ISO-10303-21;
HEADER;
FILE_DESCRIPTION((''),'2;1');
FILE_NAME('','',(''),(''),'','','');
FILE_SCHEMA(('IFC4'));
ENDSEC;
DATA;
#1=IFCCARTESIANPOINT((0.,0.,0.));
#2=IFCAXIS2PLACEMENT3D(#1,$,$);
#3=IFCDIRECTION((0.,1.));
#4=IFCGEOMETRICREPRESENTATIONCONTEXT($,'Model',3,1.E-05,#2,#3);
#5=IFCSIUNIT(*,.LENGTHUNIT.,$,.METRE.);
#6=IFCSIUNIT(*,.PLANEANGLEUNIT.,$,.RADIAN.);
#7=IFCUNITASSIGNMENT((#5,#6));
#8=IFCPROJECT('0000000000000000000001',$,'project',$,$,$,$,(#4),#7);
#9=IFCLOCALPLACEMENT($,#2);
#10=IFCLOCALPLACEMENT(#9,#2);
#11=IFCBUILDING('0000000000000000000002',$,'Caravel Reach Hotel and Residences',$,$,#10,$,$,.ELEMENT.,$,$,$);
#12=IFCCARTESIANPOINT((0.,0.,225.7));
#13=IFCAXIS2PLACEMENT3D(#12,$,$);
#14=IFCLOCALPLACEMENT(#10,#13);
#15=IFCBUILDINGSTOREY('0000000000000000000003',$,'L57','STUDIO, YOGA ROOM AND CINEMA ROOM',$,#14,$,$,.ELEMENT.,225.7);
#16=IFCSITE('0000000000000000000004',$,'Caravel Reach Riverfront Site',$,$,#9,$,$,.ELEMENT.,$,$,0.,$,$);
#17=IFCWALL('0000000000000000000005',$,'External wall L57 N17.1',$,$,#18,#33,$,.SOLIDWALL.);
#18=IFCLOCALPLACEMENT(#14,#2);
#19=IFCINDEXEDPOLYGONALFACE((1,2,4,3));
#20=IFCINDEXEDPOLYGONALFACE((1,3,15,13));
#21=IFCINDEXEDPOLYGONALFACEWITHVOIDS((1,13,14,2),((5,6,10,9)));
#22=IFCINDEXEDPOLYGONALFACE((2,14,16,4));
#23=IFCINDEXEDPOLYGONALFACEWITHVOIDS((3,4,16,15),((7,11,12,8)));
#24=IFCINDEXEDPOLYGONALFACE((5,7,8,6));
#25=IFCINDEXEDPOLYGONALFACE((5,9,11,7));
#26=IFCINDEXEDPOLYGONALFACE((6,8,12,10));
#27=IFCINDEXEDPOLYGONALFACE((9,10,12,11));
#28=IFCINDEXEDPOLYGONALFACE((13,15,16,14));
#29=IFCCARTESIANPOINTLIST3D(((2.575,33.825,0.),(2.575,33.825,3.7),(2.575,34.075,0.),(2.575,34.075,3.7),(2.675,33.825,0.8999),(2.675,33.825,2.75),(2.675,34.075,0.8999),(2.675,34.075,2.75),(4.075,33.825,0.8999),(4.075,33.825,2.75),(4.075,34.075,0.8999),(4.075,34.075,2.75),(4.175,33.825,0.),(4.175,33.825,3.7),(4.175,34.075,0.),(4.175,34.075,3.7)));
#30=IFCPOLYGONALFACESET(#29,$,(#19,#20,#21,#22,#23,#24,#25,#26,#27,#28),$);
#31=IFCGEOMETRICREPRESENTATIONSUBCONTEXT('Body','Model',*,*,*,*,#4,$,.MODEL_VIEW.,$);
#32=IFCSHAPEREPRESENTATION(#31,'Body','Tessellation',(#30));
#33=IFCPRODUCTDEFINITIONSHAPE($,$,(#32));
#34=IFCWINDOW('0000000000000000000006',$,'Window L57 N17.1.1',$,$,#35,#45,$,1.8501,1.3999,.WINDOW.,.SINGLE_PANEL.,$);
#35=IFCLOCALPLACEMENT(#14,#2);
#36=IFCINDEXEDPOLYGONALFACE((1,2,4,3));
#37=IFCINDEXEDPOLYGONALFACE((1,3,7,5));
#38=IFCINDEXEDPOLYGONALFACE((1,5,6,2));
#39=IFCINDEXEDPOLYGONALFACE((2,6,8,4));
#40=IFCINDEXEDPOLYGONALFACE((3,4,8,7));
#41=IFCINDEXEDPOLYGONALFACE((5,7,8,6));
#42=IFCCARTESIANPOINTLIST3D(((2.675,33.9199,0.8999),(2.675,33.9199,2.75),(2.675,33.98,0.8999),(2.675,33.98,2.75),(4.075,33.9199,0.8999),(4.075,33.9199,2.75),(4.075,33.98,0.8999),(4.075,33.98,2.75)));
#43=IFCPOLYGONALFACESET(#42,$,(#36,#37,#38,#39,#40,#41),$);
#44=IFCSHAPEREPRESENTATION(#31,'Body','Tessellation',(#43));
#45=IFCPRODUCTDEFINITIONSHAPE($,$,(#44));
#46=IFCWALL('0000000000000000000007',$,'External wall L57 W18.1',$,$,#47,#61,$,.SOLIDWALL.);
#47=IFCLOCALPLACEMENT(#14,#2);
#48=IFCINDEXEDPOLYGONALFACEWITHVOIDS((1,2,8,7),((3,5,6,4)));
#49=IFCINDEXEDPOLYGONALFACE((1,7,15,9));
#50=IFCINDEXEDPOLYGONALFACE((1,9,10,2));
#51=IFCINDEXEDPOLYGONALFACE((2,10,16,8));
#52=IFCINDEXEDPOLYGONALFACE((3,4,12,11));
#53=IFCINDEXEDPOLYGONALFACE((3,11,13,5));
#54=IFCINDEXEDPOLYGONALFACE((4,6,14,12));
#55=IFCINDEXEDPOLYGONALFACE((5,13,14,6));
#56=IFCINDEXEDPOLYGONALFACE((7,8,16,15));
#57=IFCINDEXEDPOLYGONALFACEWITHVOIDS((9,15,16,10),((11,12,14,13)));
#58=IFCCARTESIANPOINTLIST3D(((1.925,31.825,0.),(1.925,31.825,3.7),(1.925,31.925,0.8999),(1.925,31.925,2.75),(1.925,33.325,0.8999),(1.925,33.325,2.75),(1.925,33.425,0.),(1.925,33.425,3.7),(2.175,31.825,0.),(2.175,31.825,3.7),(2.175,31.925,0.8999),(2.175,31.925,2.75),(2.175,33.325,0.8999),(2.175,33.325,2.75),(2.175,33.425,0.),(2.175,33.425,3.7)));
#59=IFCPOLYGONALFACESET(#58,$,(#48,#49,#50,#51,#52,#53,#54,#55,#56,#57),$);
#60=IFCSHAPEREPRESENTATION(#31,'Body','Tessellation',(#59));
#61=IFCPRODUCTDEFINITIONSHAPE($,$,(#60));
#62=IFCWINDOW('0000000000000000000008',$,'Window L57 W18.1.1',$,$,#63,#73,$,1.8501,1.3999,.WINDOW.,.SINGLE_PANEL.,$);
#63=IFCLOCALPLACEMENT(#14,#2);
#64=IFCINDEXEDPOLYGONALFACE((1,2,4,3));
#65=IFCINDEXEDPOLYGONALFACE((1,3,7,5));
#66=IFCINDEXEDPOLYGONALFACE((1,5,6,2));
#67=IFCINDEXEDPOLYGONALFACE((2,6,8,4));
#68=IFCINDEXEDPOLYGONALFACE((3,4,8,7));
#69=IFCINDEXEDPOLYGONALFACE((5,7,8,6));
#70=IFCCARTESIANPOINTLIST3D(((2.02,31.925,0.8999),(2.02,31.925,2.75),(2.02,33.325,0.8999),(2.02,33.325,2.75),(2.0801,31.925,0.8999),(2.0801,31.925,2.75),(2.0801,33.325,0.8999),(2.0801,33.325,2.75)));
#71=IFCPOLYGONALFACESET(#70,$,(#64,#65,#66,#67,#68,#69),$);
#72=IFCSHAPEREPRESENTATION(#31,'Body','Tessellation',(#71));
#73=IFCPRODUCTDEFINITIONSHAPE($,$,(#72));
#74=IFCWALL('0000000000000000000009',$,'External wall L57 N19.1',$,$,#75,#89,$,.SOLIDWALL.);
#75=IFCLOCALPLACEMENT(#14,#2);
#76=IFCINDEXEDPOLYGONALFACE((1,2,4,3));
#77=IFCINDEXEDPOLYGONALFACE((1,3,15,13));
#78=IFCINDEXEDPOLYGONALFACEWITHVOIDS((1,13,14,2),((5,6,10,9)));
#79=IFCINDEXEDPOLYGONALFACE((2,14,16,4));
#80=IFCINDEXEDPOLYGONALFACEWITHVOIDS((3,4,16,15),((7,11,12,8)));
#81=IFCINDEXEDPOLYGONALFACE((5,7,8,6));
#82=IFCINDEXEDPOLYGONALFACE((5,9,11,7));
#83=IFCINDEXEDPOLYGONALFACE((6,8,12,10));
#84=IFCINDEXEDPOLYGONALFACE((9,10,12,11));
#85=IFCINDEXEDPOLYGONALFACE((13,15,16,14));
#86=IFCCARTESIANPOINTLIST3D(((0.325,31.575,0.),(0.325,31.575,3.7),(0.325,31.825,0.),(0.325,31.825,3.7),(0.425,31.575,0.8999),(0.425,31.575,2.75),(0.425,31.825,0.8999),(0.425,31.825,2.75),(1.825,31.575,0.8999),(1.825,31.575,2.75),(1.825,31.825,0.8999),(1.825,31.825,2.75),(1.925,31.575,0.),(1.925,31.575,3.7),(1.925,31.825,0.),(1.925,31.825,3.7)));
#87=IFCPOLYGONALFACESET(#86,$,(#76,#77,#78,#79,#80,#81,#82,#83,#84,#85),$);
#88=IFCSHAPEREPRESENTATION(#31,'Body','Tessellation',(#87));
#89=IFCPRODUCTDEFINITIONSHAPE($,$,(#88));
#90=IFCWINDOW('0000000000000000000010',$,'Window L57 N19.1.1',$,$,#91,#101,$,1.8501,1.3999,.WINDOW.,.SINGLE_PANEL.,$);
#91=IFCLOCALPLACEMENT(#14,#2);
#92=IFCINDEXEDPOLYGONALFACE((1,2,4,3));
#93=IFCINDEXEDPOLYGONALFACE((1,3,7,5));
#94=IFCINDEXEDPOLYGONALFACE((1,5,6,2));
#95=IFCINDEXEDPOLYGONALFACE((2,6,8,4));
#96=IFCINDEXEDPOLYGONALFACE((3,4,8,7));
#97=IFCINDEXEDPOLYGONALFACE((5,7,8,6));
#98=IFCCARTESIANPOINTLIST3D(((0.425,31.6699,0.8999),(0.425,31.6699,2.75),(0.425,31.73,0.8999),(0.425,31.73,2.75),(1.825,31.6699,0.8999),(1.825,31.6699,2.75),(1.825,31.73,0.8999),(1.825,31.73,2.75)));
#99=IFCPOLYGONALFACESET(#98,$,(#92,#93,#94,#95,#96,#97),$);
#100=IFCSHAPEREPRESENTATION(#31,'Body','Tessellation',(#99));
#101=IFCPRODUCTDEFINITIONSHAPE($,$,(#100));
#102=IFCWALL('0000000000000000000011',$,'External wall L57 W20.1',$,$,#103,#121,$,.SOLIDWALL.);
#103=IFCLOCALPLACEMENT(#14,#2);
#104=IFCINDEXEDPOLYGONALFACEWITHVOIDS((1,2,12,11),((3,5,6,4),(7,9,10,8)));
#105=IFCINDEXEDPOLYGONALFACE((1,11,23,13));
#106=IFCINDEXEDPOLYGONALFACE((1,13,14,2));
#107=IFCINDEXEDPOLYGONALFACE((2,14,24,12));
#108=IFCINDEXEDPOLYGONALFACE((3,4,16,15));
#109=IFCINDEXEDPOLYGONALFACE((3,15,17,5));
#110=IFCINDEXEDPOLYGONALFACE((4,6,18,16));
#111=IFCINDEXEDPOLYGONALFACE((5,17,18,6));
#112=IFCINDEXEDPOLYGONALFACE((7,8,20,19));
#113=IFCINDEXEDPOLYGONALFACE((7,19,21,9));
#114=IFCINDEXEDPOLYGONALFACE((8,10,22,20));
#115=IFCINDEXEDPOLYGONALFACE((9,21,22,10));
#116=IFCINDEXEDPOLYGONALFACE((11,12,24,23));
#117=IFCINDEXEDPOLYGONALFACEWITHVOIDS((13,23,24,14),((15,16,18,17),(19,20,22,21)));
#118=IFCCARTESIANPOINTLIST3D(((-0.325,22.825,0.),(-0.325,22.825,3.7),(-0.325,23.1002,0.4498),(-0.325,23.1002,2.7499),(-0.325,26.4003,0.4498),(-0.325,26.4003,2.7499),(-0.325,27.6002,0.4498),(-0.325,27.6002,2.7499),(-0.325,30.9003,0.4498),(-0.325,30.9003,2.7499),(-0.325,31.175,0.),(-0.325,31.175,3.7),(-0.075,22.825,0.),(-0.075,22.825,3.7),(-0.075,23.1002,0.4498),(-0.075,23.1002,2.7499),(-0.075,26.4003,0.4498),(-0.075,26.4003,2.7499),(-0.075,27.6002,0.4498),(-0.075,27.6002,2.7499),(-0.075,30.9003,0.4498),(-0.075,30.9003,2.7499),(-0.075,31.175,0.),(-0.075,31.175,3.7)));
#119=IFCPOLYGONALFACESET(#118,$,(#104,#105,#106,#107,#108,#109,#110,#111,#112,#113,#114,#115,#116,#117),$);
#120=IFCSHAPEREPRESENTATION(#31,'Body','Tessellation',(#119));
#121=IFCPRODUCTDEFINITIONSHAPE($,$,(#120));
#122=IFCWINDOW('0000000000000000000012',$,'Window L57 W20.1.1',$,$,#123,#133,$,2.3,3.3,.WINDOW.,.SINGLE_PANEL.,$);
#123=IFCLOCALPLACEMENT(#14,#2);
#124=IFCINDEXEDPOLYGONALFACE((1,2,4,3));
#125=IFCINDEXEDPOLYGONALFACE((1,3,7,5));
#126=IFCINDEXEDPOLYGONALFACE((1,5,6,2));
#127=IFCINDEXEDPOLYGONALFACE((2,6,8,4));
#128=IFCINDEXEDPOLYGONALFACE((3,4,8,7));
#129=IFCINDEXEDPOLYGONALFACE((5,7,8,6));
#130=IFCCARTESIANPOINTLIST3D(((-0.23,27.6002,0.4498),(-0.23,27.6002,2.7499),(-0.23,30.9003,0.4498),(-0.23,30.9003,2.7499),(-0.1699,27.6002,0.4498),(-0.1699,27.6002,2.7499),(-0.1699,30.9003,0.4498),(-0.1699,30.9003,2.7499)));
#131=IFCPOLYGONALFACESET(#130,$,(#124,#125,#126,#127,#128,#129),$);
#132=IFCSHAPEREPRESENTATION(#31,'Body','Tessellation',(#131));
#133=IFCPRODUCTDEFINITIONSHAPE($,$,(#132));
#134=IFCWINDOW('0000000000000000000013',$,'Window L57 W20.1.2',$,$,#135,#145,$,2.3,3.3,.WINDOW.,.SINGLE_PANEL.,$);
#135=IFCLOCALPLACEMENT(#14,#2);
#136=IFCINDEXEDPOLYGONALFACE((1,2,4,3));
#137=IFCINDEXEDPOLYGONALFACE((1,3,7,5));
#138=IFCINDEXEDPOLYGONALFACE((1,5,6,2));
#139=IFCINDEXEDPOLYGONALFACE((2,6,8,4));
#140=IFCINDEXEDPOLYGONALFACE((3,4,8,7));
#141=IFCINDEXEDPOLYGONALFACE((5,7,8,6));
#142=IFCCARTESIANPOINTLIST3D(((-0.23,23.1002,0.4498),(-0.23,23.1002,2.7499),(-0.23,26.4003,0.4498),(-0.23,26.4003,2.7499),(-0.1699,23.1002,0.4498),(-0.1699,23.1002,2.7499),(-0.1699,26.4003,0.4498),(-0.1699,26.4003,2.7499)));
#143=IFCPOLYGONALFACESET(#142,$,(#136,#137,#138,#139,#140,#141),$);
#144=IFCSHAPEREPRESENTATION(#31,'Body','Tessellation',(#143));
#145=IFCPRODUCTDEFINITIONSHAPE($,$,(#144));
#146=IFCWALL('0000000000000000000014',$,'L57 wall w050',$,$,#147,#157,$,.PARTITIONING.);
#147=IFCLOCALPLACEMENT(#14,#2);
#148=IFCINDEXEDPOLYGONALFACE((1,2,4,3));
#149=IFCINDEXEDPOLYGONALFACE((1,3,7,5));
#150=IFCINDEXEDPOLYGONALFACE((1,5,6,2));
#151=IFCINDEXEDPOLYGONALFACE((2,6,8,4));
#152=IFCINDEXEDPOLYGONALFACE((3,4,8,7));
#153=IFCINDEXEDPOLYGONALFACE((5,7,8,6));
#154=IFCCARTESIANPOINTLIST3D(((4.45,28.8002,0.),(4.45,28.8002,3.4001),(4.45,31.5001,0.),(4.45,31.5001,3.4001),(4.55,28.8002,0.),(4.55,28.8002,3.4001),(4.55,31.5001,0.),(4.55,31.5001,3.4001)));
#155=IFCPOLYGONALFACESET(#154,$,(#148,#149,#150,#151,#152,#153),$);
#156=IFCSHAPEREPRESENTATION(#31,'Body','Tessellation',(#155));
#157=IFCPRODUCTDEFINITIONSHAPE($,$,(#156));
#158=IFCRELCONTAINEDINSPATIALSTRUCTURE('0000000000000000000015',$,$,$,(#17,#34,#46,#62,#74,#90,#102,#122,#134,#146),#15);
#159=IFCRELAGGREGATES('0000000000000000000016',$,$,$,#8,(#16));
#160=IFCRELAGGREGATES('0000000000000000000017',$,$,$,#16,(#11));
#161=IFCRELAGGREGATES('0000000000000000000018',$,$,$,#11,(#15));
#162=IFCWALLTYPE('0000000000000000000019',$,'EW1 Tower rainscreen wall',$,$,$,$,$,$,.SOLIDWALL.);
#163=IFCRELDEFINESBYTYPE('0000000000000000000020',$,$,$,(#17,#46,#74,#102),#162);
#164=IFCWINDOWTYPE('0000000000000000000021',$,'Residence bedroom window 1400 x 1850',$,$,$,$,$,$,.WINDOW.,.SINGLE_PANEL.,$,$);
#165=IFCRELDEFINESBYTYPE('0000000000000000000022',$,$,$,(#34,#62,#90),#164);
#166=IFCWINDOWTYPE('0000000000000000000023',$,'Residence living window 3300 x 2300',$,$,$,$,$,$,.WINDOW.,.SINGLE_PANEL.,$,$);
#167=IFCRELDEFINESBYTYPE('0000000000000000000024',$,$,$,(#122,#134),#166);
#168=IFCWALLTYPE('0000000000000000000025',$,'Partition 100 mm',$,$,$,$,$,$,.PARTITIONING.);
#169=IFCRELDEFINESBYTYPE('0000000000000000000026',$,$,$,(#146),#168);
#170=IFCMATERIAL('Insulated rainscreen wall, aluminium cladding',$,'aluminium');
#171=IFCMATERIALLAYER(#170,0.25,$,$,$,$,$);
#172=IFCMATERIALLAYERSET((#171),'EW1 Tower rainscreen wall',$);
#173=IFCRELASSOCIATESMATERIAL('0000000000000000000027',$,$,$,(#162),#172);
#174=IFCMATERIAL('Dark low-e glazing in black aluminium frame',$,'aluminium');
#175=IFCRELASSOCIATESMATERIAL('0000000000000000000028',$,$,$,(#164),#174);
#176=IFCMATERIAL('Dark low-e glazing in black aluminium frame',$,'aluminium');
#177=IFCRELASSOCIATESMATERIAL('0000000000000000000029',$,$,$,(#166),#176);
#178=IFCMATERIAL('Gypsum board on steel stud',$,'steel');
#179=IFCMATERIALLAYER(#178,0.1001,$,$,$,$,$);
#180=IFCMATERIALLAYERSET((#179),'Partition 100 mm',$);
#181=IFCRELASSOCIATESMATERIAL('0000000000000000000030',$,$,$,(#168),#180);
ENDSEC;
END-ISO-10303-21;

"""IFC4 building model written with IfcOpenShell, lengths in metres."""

from ifc_helpers import new_model, si_unit, direction, frame, frame_2d, origin, place, context, subcontext, project, spatial, rectangle, extrude, material, layer, layer_set, type_object, element, fill, save


model = new_model("IFC4")

# Units and contexts
model_context = context("Model", 3, precision=1e-05, world=origin(), true_north=direction((0.0, 1.0)))
body_context = subcontext(model_context, "Body", "Model", "MODEL_VIEW")
ifc_project = project(units=[si_unit("LENGTHUNIT", "METRE"), si_unit("PLANEANGLEUNIT", "RADIAN")], contexts=[model_context])

# Site, building, storey
site_placement = place(None, origin())
site = spatial("IfcSite", under=ifc_project, at=site_placement, Name="Caravel Reach Riverfront Site", CompositionType="ELEMENT", RefElevation=0.0)
building_placement = place(site_placement, origin())
building = spatial("IfcBuilding", under=site, at=building_placement, Name="Caravel Reach Hotel and Residences", CompositionType="ELEMENT")
storey_placement = place(building_placement, frame((0.0, 0.0, 225.7)))
storey = spatial("IfcBuildingStorey", under=building, at=storey_placement, Name="L57", Description="STUDIO, YOGA ROOM AND CINEMA ROOM", CompositionType="ELEMENT", Elevation=225.7)

# Walls, openings, windows
ifc_material_1 = material(Name="Insulated rainscreen wall, aluminium cladding", Category="aluminium")
ifc_layer_1 = layer(ifc_material_1, 0.25)
ifc_layer_set_1 = layer_set([ifc_layer_1], Name="EW1 Tower rainscreen wall")
wall_type_1 = type_object("IfcWallType", Name="EW1 Tower rainscreen wall", PredefinedType="SOLIDWALL", material=ifc_layer_set_1)
ifc_material_2 = material(Name="Dark low-e glazing in black aluminium frame", Category="aluminium")
window_type_1 = type_object("IfcWindowType", Name="Residence bedroom window 1400 x 1850", PartitioningType="SINGLE_PANEL", PredefinedType="WINDOW", material=ifc_material_2)
wall_1_placement = place(storey_placement, frame((4.175, 33.95, 0.0), z_axis=(0.0, 0.0, 1.0), x_axis=(-1.0, 0.0, 0.0)))
wall_1 = element("IfcWall", 1, at=wall_1_placement, inside=storey, type_object=wall_type_1, Name="External wall L57 N17.1", PredefinedType="SOLIDWALL", context=body_context, shape_type="SweptSolid", body=[
    extrude(rectangle(XDim=1.6001, YDim=0.25, at=frame_2d((0.8, 0.0))), origin(), (0.0, 0.0, 1.0), 3.7),
])
opening_1_placement = place(wall_1_placement, frame((0.1001, 0.0, 0.8999)))
opening_1 = element("IfcOpeningElement", 2, at=opening_1_placement, cuts=wall_1, PredefinedType="OPENING", context=body_context, shape_type="SweptSolid", body=[
    extrude(rectangle(XDim=1.3999, YDim=1.8501, at=frame_2d((0.7, 0.925))), frame((0.0, 0.135, 0.0), z_axis=(0.0, -1.0, 0.0), x_axis=(1.0, 0.0, 0.0)), (0.0, 0.0, 1.0), 0.27),
])
window_1_placement = place(opening_1_placement, origin())
window_1 = element("IfcWindow", 3, at=window_1_placement, inside=storey, type_object=window_type_1, Name="Window L57 N17.1.1", OverallHeight=1.8501, OverallWidth=1.3999, PartitioningType="SINGLE_PANEL", PredefinedType="WINDOW", context=body_context, shape_type="SweptSolid", body=[
    extrude(rectangle(XDim=1.3999, YDim=1.8501, at=frame_2d((0.7, 0.925))), frame((0.0, 0.03, 0.0), z_axis=(0.0, -1.0, 0.0), x_axis=(1.0, 0.0, 0.0)), (0.0, 0.0, 1.0), 0.0601),
])
fill(opening_1, window_1)
wall_2_placement = place(storey_placement, frame((2.05, 33.425, 0.0), z_axis=(0.0, 0.0, 1.0), x_axis=(0.0, -1.0, 0.0)))
wall_2 = element("IfcWall", 4, at=wall_2_placement, inside=storey, type_object=wall_type_1, Name="External wall L57 W18.1", PredefinedType="SOLIDWALL", context=body_context, shape_type="SweptSolid", body=[
    extrude(rectangle(XDim=1.6001, YDim=0.25, at=frame_2d((0.8, 0.0))), origin(), (0.0, 0.0, 1.0), 3.7),
])
opening_2_placement = place(wall_2_placement, frame((0.1001, 0.0, 0.8999)))
opening_2 = element("IfcOpeningElement", 5, at=opening_2_placement, cuts=wall_2, PredefinedType="OPENING", context=body_context, shape_type="SweptSolid", body=[
    extrude(rectangle(XDim=1.3999, YDim=1.8501, at=frame_2d((0.7, 0.925))), frame((0.0, 0.135, 0.0), z_axis=(0.0, -1.0, 0.0), x_axis=(1.0, 0.0, 0.0)), (0.0, 0.0, 1.0), 0.27),
])
window_2_placement = place(opening_2_placement, origin())
window_2 = element("IfcWindow", 6, at=window_2_placement, inside=storey, type_object=window_type_1, Name="Window L57 W18.1.1", OverallHeight=1.8501, OverallWidth=1.3999, PartitioningType="SINGLE_PANEL", PredefinedType="WINDOW", context=body_context, shape_type="SweptSolid", body=[
    extrude(rectangle(XDim=1.3999, YDim=1.8501, at=frame_2d((0.7, 0.925))), frame((0.0, 0.03, 0.0), z_axis=(0.0, -1.0, 0.0), x_axis=(1.0, 0.0, 0.0)), (0.0, 0.0, 1.0), 0.0601),
])
fill(opening_2, window_2)
wall_3_placement = place(storey_placement, frame((1.925, 31.7, 0.0), z_axis=(0.0, 0.0, 1.0), x_axis=(-1.0, 0.0, 0.0)))
wall_3 = element("IfcWall", 7, at=wall_3_placement, inside=storey, type_object=wall_type_1, Name="External wall L57 N19.1", PredefinedType="SOLIDWALL", context=body_context, shape_type="SweptSolid", body=[
    extrude(rectangle(XDim=1.6001, YDim=0.25, at=frame_2d((0.8, 0.0))), origin(), (0.0, 0.0, 1.0), 3.7),
])
opening_3_placement = place(wall_3_placement, frame((0.1001, 0.0, 0.8999)))
opening_3 = element("IfcOpeningElement", 8, at=opening_3_placement, cuts=wall_3, PredefinedType="OPENING", context=body_context, shape_type="SweptSolid", body=[
    extrude(rectangle(XDim=1.3999, YDim=1.8501, at=frame_2d((0.7, 0.925))), frame((0.0, 0.135, 0.0), z_axis=(0.0, -1.0, 0.0), x_axis=(1.0, 0.0, 0.0)), (0.0, 0.0, 1.0), 0.27),
])
window_3_placement = place(opening_3_placement, origin())
window_3 = element("IfcWindow", 9, at=window_3_placement, inside=storey, type_object=window_type_1, Name="Window L57 N19.1.1", OverallHeight=1.8501, OverallWidth=1.3999, PartitioningType="SINGLE_PANEL", PredefinedType="WINDOW", context=body_context, shape_type="SweptSolid", body=[
    extrude(rectangle(XDim=1.3999, YDim=1.8501, at=frame_2d((0.7, 0.925))), frame((0.0, 0.03, 0.0), z_axis=(0.0, -1.0, 0.0), x_axis=(1.0, 0.0, 0.0)), (0.0, 0.0, 1.0), 0.0601),
])
fill(opening_3, window_3)

# Wall, openings, windows
wall_4_placement = place(storey_placement, frame((-0.2, 31.175, 0.0), z_axis=(0.0, 0.0, 1.0), x_axis=(0.0, -1.0, 0.0)))
wall_4 = element("IfcWall", 10, at=wall_4_placement, inside=storey, type_object=wall_type_1, Name="External wall L57 W20.1", PredefinedType="SOLIDWALL", context=body_context, shape_type="SweptSolid", body=[
    extrude(rectangle(XDim=8.3501, YDim=0.25, at=frame_2d((4.175, 0.0))), origin(), (0.0, 0.0, 1.0), 3.7),
])
opening_4_placement = place(wall_4_placement, frame((0.2749, 0.0, 0.45)))
opening_4 = element("IfcOpeningElement", 11, at=opening_4_placement, cuts=wall_4, PredefinedType="OPENING", context=body_context, shape_type="SweptSolid", body=[
    extrude(rectangle(XDim=3.3, YDim=2.3, at=frame_2d((1.6499, 1.1499))), frame((0.0, 0.135, 0.0), z_axis=(0.0, -1.0, 0.0), x_axis=(1.0, 0.0, 0.0)), (0.0, 0.0, 1.0), 0.27),
])
opening_5_placement = place(wall_4_placement, frame((4.7749, 0.0, 0.45)))
opening_5 = element("IfcOpeningElement", 12, at=opening_5_placement, cuts=wall_4, PredefinedType="OPENING", context=body_context, shape_type="SweptSolid", body=[
    extrude(rectangle(XDim=3.3, YDim=2.3, at=frame_2d((1.6499, 1.1499))), frame((0.0, 0.135, 0.0), z_axis=(0.0, -1.0, 0.0), x_axis=(1.0, 0.0, 0.0)), (0.0, 0.0, 1.0), 0.27),
])
ifc_material_3 = material(Name="Dark low-e glazing in black aluminium frame", Category="aluminium")
window_type_2 = type_object("IfcWindowType", Name="Residence living window 3300 x 2300", PartitioningType="SINGLE_PANEL", PredefinedType="WINDOW", material=ifc_material_3)
window_4_placement = place(opening_4_placement, origin())
window_4 = element("IfcWindow", 13, at=window_4_placement, inside=storey, type_object=window_type_2, Name="Window L57 W20.1.1", OverallHeight=2.3, OverallWidth=3.3, PartitioningType="SINGLE_PANEL", PredefinedType="WINDOW", context=body_context, shape_type="SweptSolid", body=[
    extrude(rectangle(XDim=3.3, YDim=2.3, at=frame_2d((1.6499, 1.1499))), frame((0.0, 0.03, 0.0), z_axis=(0.0, -1.0, 0.0), x_axis=(1.0, 0.0, 0.0)), (0.0, 0.0, 1.0), 0.0601),
])
fill(opening_4, window_4)
window_5_placement = place(opening_5_placement, origin())
window_5 = element("IfcWindow", 14, at=window_5_placement, inside=storey, type_object=window_type_2, Name="Window L57 W20.1.2", OverallHeight=2.3, OverallWidth=3.3, PartitioningType="SINGLE_PANEL", PredefinedType="WINDOW", context=body_context, shape_type="SweptSolid", body=[
    extrude(rectangle(XDim=3.3, YDim=2.3, at=frame_2d((1.6499, 1.1499))), frame((0.0, 0.03, 0.0), z_axis=(0.0, -1.0, 0.0), x_axis=(1.0, 0.0, 0.0)), (0.0, 0.0, 1.0), 0.0601),
])
fill(opening_5, window_5)

# Wall
ifc_material_4 = material(Name="Gypsum board on steel stud", Category="steel")
ifc_layer_2 = layer(ifc_material_4, 0.1001)
ifc_layer_set_2 = layer_set([ifc_layer_2], Name="Partition 100 mm")
wall_type_2 = type_object("IfcWallType", Name="Partition 100 mm", PredefinedType="PARTITIONING", material=ifc_layer_set_2)
wall_5_placement = place(storey_placement, frame((4.5, 28.8, 0.0), z_axis=(0.0, 0.0, 1.0), x_axis=(0.0, 1.0, 0.0)))
element("IfcWall", 15, at=wall_5_placement, inside=storey, type_object=wall_type_2, Name="L57 wall w050", PredefinedType="PARTITIONING", context=body_context, shape_type="SweptSolid", body=[
    extrude(rectangle(XDim=2.7, YDim=0.1001, at=frame_2d((1.3501, 0.0))), origin(), (0.0, 0.0, 1.0), 3.4001),
])

save(model, "model.ifc")
